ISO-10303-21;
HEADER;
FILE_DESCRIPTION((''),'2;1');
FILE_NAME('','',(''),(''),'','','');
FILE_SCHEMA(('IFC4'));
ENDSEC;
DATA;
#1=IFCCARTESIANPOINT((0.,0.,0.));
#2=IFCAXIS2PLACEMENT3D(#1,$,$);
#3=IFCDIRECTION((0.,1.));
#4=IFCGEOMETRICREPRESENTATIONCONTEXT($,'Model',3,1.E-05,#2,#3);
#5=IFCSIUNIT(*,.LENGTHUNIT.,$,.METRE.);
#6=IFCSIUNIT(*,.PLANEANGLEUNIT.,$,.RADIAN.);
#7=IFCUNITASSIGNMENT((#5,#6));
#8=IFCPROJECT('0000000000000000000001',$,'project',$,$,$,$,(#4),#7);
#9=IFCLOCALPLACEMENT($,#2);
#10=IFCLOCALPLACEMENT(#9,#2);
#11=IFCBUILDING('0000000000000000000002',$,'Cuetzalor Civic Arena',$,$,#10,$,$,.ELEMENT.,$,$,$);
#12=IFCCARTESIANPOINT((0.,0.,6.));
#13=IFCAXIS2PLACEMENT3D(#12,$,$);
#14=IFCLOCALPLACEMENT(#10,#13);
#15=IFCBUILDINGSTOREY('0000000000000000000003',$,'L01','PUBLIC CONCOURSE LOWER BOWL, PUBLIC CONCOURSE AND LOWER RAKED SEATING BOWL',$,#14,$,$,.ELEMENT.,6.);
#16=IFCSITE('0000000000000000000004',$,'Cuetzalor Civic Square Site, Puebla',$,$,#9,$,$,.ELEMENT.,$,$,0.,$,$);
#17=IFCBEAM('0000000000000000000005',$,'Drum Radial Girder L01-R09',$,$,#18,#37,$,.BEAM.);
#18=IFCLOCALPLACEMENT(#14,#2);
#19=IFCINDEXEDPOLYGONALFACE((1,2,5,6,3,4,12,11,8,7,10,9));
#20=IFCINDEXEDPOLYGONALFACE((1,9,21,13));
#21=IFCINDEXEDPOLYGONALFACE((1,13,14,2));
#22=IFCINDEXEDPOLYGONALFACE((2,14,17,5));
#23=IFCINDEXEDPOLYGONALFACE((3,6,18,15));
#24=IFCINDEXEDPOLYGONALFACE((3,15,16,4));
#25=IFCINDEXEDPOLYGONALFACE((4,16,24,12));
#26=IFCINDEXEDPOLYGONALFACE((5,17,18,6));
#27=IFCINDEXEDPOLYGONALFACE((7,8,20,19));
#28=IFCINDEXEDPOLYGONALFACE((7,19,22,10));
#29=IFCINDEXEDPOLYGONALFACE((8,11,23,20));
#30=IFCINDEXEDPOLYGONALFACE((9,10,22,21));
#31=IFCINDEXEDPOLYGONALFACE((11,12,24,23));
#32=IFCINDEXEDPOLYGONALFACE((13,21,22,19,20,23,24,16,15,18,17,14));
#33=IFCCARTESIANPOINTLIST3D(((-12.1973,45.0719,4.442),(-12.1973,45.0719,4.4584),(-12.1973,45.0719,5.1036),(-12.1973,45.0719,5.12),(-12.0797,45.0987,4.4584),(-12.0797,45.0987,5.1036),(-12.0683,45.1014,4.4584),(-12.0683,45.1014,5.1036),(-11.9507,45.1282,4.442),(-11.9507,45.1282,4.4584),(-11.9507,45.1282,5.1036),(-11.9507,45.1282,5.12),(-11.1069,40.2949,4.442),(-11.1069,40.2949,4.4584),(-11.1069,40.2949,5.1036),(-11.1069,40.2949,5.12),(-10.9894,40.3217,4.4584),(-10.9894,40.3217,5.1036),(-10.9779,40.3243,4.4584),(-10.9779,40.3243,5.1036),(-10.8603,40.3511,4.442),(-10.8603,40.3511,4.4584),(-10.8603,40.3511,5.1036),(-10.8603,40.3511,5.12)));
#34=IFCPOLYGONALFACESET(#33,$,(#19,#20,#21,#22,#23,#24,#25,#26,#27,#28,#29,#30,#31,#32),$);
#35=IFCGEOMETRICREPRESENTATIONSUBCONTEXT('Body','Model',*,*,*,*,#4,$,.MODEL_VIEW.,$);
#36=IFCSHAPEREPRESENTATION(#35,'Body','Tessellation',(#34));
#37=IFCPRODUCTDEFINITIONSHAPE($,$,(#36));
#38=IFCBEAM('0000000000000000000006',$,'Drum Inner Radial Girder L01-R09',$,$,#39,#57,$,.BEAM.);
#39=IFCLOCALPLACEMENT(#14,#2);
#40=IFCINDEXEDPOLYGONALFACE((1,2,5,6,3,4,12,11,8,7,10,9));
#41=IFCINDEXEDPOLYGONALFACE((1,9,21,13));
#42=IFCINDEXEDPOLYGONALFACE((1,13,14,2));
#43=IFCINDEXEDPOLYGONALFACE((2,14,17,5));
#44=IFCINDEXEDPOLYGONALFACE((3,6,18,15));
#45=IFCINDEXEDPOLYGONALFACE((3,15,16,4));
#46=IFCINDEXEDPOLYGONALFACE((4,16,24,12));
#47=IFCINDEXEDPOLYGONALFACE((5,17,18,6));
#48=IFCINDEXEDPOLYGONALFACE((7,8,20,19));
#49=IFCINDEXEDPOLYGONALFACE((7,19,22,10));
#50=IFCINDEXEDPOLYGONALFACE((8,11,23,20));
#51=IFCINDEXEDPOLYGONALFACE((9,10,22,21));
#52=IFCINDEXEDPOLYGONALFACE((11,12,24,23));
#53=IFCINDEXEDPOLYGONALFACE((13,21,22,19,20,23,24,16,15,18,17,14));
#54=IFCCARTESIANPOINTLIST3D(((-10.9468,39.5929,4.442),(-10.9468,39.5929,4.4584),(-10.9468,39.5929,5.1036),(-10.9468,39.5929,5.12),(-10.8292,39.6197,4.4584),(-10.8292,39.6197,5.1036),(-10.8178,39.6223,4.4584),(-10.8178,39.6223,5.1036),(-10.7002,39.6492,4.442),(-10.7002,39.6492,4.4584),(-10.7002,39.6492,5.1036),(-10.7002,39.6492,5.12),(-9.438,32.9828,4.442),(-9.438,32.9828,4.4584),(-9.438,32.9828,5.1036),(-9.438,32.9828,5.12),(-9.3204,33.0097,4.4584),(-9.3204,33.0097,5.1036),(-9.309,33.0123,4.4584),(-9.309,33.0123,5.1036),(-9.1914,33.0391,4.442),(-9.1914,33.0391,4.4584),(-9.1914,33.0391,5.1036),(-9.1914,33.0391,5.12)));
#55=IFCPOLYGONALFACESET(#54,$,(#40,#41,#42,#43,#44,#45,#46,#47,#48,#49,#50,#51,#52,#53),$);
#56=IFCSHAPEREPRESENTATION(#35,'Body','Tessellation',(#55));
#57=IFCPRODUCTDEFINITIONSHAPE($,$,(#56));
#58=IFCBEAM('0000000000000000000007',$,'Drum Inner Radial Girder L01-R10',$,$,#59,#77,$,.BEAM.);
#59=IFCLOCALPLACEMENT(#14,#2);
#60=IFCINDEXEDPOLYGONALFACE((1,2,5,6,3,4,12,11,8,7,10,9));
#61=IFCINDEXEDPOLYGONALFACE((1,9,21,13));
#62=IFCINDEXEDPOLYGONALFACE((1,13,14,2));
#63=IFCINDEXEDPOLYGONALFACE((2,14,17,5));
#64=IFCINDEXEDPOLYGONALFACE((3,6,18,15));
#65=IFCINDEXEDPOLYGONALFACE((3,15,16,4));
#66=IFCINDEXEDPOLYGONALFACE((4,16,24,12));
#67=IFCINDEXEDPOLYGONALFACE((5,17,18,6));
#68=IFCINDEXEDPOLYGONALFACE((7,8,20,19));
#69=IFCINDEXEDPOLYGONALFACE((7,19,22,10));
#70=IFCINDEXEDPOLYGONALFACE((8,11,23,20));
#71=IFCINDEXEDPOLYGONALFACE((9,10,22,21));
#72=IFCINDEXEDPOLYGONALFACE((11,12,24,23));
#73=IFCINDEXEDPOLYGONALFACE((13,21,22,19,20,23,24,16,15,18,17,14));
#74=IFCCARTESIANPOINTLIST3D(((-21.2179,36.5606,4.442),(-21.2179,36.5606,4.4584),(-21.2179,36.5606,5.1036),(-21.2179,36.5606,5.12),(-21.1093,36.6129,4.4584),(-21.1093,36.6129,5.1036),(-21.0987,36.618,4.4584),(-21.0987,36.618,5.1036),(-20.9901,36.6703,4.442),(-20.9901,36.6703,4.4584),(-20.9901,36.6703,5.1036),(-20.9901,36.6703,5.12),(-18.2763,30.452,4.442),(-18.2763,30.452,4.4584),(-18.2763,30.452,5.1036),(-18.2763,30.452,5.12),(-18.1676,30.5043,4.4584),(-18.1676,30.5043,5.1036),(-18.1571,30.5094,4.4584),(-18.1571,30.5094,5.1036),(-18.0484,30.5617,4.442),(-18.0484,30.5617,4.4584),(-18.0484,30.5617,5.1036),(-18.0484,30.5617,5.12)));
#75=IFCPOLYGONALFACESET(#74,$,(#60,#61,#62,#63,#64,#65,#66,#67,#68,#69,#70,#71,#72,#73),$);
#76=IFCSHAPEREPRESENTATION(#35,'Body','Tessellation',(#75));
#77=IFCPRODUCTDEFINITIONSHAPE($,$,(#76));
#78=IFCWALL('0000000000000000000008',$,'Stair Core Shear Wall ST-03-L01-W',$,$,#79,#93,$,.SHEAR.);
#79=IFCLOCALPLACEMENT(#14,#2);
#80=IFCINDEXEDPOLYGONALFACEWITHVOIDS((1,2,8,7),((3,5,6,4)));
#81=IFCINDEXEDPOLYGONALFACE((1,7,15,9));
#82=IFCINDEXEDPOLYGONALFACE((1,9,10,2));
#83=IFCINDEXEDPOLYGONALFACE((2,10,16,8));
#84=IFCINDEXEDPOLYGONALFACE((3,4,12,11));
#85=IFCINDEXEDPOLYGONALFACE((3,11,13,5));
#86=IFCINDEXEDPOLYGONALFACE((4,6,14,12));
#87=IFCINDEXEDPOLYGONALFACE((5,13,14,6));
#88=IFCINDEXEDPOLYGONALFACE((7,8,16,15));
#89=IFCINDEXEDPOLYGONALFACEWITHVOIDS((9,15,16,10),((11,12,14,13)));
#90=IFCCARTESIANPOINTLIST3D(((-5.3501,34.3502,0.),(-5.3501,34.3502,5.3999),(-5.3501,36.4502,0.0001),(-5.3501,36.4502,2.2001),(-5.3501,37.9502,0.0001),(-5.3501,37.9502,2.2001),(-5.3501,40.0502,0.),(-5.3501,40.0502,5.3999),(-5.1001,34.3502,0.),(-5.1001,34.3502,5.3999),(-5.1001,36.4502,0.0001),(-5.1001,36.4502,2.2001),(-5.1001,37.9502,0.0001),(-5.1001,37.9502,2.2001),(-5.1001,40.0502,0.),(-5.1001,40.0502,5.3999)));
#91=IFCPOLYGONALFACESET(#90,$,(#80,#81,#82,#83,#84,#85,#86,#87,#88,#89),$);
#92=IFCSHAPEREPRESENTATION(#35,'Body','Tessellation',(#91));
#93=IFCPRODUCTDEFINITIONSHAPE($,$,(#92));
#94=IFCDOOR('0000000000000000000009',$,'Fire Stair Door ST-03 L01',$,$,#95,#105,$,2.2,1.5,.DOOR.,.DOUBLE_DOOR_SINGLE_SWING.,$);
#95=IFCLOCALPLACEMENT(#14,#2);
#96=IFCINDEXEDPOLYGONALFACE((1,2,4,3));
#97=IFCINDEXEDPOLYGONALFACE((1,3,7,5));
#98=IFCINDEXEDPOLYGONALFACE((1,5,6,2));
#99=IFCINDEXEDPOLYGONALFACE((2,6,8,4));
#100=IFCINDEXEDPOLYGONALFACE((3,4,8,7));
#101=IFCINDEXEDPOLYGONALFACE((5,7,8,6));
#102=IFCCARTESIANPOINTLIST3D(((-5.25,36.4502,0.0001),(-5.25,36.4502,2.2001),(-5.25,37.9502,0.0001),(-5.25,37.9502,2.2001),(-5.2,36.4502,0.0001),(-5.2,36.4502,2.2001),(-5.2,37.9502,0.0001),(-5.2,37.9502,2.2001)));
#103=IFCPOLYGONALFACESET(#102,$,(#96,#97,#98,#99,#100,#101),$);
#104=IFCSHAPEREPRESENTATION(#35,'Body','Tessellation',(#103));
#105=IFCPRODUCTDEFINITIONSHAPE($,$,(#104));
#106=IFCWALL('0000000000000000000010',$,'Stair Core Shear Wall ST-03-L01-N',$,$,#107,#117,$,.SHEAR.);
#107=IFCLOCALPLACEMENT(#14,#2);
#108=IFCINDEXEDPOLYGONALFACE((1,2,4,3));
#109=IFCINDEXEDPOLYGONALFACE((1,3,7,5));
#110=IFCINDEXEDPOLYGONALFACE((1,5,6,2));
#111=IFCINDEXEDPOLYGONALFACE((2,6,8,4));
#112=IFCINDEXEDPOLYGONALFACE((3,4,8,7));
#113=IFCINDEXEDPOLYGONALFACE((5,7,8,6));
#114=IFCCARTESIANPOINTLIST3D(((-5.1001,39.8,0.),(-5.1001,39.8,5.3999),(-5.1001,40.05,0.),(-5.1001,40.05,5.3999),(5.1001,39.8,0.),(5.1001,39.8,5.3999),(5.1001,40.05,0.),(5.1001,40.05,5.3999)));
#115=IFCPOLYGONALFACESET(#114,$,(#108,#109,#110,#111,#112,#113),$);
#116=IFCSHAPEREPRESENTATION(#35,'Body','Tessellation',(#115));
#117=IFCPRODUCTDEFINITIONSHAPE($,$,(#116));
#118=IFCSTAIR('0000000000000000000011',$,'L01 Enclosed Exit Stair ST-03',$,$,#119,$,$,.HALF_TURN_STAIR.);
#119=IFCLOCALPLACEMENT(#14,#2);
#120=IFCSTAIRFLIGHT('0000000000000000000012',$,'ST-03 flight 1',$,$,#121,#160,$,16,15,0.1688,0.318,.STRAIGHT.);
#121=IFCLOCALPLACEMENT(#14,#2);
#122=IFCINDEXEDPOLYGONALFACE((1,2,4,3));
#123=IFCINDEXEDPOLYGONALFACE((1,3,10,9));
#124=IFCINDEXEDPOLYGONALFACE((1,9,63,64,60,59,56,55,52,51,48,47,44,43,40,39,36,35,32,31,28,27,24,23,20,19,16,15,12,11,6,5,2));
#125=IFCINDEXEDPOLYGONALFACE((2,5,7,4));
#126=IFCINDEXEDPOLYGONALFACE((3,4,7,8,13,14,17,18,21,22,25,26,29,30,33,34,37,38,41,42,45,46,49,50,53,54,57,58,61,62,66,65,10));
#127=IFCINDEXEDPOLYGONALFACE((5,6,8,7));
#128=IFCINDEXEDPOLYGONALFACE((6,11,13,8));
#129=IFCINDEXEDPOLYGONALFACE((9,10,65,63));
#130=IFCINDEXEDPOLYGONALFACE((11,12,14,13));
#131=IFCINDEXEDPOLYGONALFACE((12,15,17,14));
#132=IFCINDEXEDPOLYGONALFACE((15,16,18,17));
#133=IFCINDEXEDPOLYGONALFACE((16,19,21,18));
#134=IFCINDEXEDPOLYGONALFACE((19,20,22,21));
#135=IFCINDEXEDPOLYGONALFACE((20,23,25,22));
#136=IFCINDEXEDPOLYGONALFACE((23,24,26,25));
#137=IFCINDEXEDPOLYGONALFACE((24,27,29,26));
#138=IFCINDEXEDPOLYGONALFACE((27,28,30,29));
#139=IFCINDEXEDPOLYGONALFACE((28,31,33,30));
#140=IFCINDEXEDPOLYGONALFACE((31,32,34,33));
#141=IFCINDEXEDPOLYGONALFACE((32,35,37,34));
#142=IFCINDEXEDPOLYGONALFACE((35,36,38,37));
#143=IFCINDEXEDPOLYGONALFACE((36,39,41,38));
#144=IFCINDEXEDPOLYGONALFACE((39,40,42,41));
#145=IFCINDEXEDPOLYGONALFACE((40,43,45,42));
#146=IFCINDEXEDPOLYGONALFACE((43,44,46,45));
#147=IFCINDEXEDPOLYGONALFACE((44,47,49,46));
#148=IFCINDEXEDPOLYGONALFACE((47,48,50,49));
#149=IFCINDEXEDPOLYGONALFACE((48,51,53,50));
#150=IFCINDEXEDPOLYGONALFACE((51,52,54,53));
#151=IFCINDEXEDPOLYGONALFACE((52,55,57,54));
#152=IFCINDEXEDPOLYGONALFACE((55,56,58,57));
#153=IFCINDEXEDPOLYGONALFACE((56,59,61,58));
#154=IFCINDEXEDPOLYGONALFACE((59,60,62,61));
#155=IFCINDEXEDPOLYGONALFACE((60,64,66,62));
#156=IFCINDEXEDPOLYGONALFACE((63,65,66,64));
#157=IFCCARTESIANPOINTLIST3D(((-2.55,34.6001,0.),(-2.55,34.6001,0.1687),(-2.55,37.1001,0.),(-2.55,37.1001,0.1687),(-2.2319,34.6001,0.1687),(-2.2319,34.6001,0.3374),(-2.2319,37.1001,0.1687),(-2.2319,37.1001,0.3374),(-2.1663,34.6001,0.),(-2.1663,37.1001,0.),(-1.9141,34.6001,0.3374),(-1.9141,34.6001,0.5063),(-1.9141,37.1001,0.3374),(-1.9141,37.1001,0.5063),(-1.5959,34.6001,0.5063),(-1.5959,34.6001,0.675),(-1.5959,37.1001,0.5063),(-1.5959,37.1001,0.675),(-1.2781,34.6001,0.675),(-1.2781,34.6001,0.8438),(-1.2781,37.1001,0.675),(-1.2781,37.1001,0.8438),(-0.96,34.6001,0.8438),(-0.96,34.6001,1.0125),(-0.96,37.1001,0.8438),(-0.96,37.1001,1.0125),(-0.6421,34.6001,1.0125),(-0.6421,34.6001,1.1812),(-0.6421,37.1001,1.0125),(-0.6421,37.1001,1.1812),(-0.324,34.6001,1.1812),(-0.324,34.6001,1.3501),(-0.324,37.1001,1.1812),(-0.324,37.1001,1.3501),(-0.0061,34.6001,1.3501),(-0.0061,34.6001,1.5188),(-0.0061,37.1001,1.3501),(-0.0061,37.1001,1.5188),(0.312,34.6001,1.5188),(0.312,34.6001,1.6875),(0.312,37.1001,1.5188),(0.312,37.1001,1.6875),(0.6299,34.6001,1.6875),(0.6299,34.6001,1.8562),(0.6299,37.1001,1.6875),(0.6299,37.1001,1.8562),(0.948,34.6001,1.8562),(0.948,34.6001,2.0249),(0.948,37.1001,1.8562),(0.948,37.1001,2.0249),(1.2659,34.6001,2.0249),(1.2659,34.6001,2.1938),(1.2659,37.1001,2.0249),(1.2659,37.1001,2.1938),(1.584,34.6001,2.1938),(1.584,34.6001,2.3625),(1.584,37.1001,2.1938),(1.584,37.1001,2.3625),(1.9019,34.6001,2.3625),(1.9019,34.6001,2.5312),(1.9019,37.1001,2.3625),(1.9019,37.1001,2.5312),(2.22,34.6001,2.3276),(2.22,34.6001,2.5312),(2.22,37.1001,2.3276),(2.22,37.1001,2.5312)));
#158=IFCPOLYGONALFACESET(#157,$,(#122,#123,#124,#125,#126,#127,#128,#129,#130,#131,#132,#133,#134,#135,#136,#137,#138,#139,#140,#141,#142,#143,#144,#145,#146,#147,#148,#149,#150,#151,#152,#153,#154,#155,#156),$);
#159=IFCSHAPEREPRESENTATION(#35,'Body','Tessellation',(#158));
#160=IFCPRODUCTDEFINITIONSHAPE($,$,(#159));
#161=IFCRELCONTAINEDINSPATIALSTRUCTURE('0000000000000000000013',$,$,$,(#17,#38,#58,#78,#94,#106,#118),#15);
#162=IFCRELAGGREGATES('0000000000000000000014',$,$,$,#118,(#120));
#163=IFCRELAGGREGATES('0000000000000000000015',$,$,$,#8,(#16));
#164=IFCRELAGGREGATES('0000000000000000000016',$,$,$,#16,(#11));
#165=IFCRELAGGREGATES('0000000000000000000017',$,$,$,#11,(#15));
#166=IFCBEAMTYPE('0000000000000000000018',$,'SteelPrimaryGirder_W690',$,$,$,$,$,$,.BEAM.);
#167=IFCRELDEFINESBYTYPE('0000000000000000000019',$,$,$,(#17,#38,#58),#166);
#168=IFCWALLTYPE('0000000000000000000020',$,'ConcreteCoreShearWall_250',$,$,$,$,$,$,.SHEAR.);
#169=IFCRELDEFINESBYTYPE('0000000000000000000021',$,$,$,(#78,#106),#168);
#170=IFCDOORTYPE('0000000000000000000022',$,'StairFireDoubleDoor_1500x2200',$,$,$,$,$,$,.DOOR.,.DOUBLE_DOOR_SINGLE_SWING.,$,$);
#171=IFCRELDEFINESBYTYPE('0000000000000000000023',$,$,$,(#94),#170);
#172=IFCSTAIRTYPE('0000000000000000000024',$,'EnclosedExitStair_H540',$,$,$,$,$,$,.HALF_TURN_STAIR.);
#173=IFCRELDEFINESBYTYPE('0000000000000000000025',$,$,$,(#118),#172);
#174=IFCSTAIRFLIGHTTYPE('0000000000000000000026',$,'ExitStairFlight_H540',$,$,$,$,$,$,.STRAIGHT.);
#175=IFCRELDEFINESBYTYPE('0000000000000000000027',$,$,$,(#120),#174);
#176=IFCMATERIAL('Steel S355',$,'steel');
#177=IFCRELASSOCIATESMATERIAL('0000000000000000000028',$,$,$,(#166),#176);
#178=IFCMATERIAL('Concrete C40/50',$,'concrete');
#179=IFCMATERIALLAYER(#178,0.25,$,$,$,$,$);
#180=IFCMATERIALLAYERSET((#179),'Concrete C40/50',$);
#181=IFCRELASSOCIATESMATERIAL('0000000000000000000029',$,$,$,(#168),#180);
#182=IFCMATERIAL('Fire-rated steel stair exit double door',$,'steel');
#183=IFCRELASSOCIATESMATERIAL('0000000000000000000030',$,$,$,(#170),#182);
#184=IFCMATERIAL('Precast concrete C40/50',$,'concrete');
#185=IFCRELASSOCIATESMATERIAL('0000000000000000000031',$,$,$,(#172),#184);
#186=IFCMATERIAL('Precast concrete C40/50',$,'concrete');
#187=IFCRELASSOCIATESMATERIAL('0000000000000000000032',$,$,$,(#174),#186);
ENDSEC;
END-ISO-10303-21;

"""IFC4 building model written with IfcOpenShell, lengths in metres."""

from ifc_helpers import new_model, si_unit, direction, frame, frame_2d, origin, origin_2d, place, context, subcontext, project, spatial, polyline, rectangle, i_section, outline, extrude, material, layer, layer_set, material_profile, profile_set, type_object, element, fill, aggregate, save


model = new_model("IFC4")

# Units and contexts
model_context = context("Model", 3, precision=1e-05, world=origin(), true_north=direction((0.0, 1.0)))
body_context = subcontext(model_context, "Body", "Model", "MODEL_VIEW")
ifc_project = project(units=[si_unit("LENGTHUNIT", "METRE"), si_unit("PLANEANGLEUNIT", "RADIAN")], contexts=[model_context])

# Site, building, storey
site_placement = place(None, origin())
site = spatial("IfcSite", under=ifc_project, at=site_placement, Name="Cuetzalor Civic Square Site, Puebla", CompositionType="ELEMENT", RefElevation=0.0)
building_placement = place(site_placement, origin())
building = spatial("IfcBuilding", under=site, at=building_placement, Name="Cuetzalor Civic Arena", CompositionType="ELEMENT")
storey_placement = place(building_placement, frame((0.0, 0.0, 6.0)))
storey = spatial("IfcBuildingStorey", under=building, at=storey_placement, Name="L01", Description="PUBLIC CONCOURSE LOWER BOWL, PUBLIC CONCOURSE AND LOWER RAKED SEATING BOWL", CompositionType="ELEMENT", Elevation=6.0)

# Beams
ifc_material_1 = material(Name="Steel S355", Category="steel")
ifc_material_profile_1 = material_profile(ifc_material_1, i_section(OverallWidth=0.2529, OverallDepth=0.678, WebThickness=0.0117, FlangeThickness=0.0164, at=origin_2d()), Name="W690x125")
ifc_profile_set_1 = profile_set([ifc_material_profile_1], Name="Steel S355")
beam_type_1 = type_object("IfcBeamType", Name="SteelPrimaryGirder_W690", PredefinedType="BEAM", material=ifc_profile_set_1)
beam_1_placement = place(storey_placement, frame((-10.9836, 40.323, 4.781), z_axis=(-0.222519, 0.974928, 0.0), x_axis=(-0.974928, -0.222519, 0.0)))
element("IfcBeam", 1, at=beam_1_placement, inside=storey, type_object=beam_type_1, Name="Drum Radial Girder L01-R09", PredefinedType="BEAM", context=body_context, shape_type="SweptSolid", body=[
    extrude(i_section(OverallWidth=0.2529, OverallDepth=0.678, WebThickness=0.0117, FlangeThickness=0.0164, at=origin_2d()), origin(), (0.0, 0.0, 1.0), 4.8999),
])
for number, where, z_axis, x_axis, name in (
    (2, (-9.3147, 33.011, 4.781), (-0.222531, 0.974926, 0.0), (-0.974926, -0.222531, 0.0), "Drum Inner Radial Girder L01-R09"),
    (3, (-18.1624, 30.5068, 4.781), (-0.43387, 0.900976, 0.0), (-0.900976, -0.43387, 0.0), "Drum Inner Radial Girder L01-R10"),
):
    element("IfcBeam", number, at=place(storey_placement, frame(where, z_axis=z_axis, x_axis=x_axis)), inside=storey, type_object=beam_type_1, Name=name, PredefinedType="BEAM", context=body_context, shape_type="SweptSolid", body=[
        extrude(i_section(OverallWidth=0.2529, OverallDepth=0.678, WebThickness=0.0117, FlangeThickness=0.0164, at=origin_2d()), origin(), (0.0, 0.0, 1.0), 6.78),
    ])

# Wall, opening, door
ifc_material_2 = material(Name="Concrete C40/50", Category="concrete")
ifc_layer = layer(ifc_material_2, 0.25)
ifc_layer_set = layer_set([ifc_layer], Name="Concrete C40/50")
wall_type = type_object("IfcWallType", Name="ConcreteCoreShearWall_250", PredefinedType="SHEAR", material=ifc_layer_set)
wall_1_placement = place(storey_placement, frame((-5.2251, 34.3501, 0.0), z_axis=(0.0, 0.0, 1.0), x_axis=(0.0, 1.0, 0.0)))
wall_1 = element("IfcWall", 4, at=wall_1_placement, inside=storey, type_object=wall_type, Name="Stair Core Shear Wall ST-03-L01-W", PredefinedType="SHEAR", context=body_context, shape_type="SweptSolid", body=[
    extrude(rectangle(XDim=5.7, YDim=0.25, at=frame_2d((2.8501, 0.0))), origin(), (0.0, 0.0, 1.0), 5.3999),
])
opening_placement = place(wall_1_placement, frame((2.1001, 0.0, 0.0)))
opening = element("IfcOpeningElement", 5, at=opening_placement, cuts=wall_1, PredefinedType="OPENING", context=body_context, shape_type="SweptSolid", body=[
    extrude(rectangle(XDim=1.5, YDim=2.2, at=frame_2d((0.75, 1.1001))), frame((0.0, 0.135, 0.0), z_axis=(0.0, -1.0, 0.0), x_axis=(1.0, 0.0, 0.0)), (0.0, 0.0, 1.0), 0.27),
])
ifc_material_3 = material(Name="Fire-rated steel stair exit double door", Category="steel")
door_type = type_object("IfcDoorType", Name="StairFireDoubleDoor_1500x2200", OperationType="DOUBLE_DOOR_SINGLE_SWING", PredefinedType="DOOR", material=ifc_material_3)
door_placement = place(opening_placement, origin())
door = element("IfcDoor", 6, at=door_placement, inside=storey, type_object=door_type, Name="Fire Stair Door ST-03 L01", OperationType="DOUBLE_DOOR_SINGLE_SWING", OverallHeight=2.2, OverallWidth=1.5, PredefinedType="DOOR", context=body_context, shape_type="SweptSolid", body=[
    extrude(rectangle(XDim=1.5, YDim=2.2, at=frame_2d((0.75, 1.1001))), frame((0.0, 0.0249, 0.0), z_axis=(0.0, -1.0, 0.0), x_axis=(1.0, 0.0, 0.0)), (0.0, 0.0, 1.0), 0.05),
])
fill(opening, door)

# Wall
wall_2_placement = place(storey_placement, frame((-5.1001, 39.925, 0.0), z_axis=(0.0, 0.0, 1.0), x_axis=(1.0, 0.0, 0.0)))
element("IfcWall", 7, at=wall_2_placement, inside=storey, type_object=wall_type, Name="Stair Core Shear Wall ST-03-L01-N", PredefinedType="SHEAR", context=body_context, shape_type="SweptSolid", body=[
    extrude(rectangle(XDim=10.2002, YDim=0.25, at=frame_2d((5.1001, 0.0))), origin(), (0.0, 0.0, 1.0), 5.3999),
])

# Stair, stair flight
ifc_material_4 = material(Name="Precast concrete C40/50", Category="concrete")
stair_type = type_object("IfcStairType", Name="EnclosedExitStair_H540", PredefinedType="HALF_TURN_STAIR", material=ifc_material_4)
stair_placement = place(storey_placement, origin())
stair = element("IfcStair", 8, at=stair_placement, inside=storey, type_object=stair_type, Name="L01 Enclosed Exit Stair ST-03", PredefinedType="HALF_TURN_STAIR")
ifc_material_5 = material(Name="Precast concrete C40/50", Category="concrete")
stair_flight_type = type_object("IfcStairFlightType", Name="ExitStairFlight_H540", PredefinedType="STRAIGHT", material=ifc_material_5)
stair_flight_placement = place(storey_placement, frame((-2.55, 35.8501, 0.0), z_axis=(0.0, 0.0, 1.0), x_axis=(1.0, 0.0, 0.0)))
stair_flight = element("IfcStairFlight", 9, at=stair_flight_placement, type_object=stair_flight_type, Name="ST-03 flight 1", NumberOfRisers=16, NumberOfTreads=15, PredefinedType="STRAIGHT", RiserHeight=0.1688, TreadLength=0.318, context=body_context, shape_type="SweptSolid", body=[
    extrude(outline(polyline([(0.0, 0.0), (0.0, 0.1687), (0.3181, 0.1687), (0.3181, 0.3374), (0.636, 0.3374), (0.636, 0.5063), (0.9541, 0.5063), (0.9541, 0.675), (1.272, 0.675), (1.272, 0.8438), (1.5901, 0.8438), (1.5901, 1.0125), (1.908, 1.0125), (1.908, 1.1812), (2.2261, 1.1812), (2.2261, 1.3501), (2.5439, 1.3501), (2.5439, 1.5188), (2.8621, 1.5188), (2.8621, 1.6875), (3.1799, 1.6875), (3.1799, 1.8562), (3.498, 1.8562), (3.498, 2.0249), (3.8159, 2.0249), (3.8159, 2.1938), (4.134, 2.1938), (4.134, 2.3625), (4.4519, 2.3625), (4.4519, 2.5312), (4.77, 2.5312), (4.77, 2.7), (4.77, 2.3276), (0.3838, 0.0), (0.0, 0.0)])), frame((0.0, 1.25, 0.0), z_axis=(0.0, -1.0, 0.0), x_axis=(1.0, 0.0, 0.0)), (0.0, 0.0, 1.0), 2.5),
])
aggregate(stair, [stair_flight])

save(model, "model.ifc")
